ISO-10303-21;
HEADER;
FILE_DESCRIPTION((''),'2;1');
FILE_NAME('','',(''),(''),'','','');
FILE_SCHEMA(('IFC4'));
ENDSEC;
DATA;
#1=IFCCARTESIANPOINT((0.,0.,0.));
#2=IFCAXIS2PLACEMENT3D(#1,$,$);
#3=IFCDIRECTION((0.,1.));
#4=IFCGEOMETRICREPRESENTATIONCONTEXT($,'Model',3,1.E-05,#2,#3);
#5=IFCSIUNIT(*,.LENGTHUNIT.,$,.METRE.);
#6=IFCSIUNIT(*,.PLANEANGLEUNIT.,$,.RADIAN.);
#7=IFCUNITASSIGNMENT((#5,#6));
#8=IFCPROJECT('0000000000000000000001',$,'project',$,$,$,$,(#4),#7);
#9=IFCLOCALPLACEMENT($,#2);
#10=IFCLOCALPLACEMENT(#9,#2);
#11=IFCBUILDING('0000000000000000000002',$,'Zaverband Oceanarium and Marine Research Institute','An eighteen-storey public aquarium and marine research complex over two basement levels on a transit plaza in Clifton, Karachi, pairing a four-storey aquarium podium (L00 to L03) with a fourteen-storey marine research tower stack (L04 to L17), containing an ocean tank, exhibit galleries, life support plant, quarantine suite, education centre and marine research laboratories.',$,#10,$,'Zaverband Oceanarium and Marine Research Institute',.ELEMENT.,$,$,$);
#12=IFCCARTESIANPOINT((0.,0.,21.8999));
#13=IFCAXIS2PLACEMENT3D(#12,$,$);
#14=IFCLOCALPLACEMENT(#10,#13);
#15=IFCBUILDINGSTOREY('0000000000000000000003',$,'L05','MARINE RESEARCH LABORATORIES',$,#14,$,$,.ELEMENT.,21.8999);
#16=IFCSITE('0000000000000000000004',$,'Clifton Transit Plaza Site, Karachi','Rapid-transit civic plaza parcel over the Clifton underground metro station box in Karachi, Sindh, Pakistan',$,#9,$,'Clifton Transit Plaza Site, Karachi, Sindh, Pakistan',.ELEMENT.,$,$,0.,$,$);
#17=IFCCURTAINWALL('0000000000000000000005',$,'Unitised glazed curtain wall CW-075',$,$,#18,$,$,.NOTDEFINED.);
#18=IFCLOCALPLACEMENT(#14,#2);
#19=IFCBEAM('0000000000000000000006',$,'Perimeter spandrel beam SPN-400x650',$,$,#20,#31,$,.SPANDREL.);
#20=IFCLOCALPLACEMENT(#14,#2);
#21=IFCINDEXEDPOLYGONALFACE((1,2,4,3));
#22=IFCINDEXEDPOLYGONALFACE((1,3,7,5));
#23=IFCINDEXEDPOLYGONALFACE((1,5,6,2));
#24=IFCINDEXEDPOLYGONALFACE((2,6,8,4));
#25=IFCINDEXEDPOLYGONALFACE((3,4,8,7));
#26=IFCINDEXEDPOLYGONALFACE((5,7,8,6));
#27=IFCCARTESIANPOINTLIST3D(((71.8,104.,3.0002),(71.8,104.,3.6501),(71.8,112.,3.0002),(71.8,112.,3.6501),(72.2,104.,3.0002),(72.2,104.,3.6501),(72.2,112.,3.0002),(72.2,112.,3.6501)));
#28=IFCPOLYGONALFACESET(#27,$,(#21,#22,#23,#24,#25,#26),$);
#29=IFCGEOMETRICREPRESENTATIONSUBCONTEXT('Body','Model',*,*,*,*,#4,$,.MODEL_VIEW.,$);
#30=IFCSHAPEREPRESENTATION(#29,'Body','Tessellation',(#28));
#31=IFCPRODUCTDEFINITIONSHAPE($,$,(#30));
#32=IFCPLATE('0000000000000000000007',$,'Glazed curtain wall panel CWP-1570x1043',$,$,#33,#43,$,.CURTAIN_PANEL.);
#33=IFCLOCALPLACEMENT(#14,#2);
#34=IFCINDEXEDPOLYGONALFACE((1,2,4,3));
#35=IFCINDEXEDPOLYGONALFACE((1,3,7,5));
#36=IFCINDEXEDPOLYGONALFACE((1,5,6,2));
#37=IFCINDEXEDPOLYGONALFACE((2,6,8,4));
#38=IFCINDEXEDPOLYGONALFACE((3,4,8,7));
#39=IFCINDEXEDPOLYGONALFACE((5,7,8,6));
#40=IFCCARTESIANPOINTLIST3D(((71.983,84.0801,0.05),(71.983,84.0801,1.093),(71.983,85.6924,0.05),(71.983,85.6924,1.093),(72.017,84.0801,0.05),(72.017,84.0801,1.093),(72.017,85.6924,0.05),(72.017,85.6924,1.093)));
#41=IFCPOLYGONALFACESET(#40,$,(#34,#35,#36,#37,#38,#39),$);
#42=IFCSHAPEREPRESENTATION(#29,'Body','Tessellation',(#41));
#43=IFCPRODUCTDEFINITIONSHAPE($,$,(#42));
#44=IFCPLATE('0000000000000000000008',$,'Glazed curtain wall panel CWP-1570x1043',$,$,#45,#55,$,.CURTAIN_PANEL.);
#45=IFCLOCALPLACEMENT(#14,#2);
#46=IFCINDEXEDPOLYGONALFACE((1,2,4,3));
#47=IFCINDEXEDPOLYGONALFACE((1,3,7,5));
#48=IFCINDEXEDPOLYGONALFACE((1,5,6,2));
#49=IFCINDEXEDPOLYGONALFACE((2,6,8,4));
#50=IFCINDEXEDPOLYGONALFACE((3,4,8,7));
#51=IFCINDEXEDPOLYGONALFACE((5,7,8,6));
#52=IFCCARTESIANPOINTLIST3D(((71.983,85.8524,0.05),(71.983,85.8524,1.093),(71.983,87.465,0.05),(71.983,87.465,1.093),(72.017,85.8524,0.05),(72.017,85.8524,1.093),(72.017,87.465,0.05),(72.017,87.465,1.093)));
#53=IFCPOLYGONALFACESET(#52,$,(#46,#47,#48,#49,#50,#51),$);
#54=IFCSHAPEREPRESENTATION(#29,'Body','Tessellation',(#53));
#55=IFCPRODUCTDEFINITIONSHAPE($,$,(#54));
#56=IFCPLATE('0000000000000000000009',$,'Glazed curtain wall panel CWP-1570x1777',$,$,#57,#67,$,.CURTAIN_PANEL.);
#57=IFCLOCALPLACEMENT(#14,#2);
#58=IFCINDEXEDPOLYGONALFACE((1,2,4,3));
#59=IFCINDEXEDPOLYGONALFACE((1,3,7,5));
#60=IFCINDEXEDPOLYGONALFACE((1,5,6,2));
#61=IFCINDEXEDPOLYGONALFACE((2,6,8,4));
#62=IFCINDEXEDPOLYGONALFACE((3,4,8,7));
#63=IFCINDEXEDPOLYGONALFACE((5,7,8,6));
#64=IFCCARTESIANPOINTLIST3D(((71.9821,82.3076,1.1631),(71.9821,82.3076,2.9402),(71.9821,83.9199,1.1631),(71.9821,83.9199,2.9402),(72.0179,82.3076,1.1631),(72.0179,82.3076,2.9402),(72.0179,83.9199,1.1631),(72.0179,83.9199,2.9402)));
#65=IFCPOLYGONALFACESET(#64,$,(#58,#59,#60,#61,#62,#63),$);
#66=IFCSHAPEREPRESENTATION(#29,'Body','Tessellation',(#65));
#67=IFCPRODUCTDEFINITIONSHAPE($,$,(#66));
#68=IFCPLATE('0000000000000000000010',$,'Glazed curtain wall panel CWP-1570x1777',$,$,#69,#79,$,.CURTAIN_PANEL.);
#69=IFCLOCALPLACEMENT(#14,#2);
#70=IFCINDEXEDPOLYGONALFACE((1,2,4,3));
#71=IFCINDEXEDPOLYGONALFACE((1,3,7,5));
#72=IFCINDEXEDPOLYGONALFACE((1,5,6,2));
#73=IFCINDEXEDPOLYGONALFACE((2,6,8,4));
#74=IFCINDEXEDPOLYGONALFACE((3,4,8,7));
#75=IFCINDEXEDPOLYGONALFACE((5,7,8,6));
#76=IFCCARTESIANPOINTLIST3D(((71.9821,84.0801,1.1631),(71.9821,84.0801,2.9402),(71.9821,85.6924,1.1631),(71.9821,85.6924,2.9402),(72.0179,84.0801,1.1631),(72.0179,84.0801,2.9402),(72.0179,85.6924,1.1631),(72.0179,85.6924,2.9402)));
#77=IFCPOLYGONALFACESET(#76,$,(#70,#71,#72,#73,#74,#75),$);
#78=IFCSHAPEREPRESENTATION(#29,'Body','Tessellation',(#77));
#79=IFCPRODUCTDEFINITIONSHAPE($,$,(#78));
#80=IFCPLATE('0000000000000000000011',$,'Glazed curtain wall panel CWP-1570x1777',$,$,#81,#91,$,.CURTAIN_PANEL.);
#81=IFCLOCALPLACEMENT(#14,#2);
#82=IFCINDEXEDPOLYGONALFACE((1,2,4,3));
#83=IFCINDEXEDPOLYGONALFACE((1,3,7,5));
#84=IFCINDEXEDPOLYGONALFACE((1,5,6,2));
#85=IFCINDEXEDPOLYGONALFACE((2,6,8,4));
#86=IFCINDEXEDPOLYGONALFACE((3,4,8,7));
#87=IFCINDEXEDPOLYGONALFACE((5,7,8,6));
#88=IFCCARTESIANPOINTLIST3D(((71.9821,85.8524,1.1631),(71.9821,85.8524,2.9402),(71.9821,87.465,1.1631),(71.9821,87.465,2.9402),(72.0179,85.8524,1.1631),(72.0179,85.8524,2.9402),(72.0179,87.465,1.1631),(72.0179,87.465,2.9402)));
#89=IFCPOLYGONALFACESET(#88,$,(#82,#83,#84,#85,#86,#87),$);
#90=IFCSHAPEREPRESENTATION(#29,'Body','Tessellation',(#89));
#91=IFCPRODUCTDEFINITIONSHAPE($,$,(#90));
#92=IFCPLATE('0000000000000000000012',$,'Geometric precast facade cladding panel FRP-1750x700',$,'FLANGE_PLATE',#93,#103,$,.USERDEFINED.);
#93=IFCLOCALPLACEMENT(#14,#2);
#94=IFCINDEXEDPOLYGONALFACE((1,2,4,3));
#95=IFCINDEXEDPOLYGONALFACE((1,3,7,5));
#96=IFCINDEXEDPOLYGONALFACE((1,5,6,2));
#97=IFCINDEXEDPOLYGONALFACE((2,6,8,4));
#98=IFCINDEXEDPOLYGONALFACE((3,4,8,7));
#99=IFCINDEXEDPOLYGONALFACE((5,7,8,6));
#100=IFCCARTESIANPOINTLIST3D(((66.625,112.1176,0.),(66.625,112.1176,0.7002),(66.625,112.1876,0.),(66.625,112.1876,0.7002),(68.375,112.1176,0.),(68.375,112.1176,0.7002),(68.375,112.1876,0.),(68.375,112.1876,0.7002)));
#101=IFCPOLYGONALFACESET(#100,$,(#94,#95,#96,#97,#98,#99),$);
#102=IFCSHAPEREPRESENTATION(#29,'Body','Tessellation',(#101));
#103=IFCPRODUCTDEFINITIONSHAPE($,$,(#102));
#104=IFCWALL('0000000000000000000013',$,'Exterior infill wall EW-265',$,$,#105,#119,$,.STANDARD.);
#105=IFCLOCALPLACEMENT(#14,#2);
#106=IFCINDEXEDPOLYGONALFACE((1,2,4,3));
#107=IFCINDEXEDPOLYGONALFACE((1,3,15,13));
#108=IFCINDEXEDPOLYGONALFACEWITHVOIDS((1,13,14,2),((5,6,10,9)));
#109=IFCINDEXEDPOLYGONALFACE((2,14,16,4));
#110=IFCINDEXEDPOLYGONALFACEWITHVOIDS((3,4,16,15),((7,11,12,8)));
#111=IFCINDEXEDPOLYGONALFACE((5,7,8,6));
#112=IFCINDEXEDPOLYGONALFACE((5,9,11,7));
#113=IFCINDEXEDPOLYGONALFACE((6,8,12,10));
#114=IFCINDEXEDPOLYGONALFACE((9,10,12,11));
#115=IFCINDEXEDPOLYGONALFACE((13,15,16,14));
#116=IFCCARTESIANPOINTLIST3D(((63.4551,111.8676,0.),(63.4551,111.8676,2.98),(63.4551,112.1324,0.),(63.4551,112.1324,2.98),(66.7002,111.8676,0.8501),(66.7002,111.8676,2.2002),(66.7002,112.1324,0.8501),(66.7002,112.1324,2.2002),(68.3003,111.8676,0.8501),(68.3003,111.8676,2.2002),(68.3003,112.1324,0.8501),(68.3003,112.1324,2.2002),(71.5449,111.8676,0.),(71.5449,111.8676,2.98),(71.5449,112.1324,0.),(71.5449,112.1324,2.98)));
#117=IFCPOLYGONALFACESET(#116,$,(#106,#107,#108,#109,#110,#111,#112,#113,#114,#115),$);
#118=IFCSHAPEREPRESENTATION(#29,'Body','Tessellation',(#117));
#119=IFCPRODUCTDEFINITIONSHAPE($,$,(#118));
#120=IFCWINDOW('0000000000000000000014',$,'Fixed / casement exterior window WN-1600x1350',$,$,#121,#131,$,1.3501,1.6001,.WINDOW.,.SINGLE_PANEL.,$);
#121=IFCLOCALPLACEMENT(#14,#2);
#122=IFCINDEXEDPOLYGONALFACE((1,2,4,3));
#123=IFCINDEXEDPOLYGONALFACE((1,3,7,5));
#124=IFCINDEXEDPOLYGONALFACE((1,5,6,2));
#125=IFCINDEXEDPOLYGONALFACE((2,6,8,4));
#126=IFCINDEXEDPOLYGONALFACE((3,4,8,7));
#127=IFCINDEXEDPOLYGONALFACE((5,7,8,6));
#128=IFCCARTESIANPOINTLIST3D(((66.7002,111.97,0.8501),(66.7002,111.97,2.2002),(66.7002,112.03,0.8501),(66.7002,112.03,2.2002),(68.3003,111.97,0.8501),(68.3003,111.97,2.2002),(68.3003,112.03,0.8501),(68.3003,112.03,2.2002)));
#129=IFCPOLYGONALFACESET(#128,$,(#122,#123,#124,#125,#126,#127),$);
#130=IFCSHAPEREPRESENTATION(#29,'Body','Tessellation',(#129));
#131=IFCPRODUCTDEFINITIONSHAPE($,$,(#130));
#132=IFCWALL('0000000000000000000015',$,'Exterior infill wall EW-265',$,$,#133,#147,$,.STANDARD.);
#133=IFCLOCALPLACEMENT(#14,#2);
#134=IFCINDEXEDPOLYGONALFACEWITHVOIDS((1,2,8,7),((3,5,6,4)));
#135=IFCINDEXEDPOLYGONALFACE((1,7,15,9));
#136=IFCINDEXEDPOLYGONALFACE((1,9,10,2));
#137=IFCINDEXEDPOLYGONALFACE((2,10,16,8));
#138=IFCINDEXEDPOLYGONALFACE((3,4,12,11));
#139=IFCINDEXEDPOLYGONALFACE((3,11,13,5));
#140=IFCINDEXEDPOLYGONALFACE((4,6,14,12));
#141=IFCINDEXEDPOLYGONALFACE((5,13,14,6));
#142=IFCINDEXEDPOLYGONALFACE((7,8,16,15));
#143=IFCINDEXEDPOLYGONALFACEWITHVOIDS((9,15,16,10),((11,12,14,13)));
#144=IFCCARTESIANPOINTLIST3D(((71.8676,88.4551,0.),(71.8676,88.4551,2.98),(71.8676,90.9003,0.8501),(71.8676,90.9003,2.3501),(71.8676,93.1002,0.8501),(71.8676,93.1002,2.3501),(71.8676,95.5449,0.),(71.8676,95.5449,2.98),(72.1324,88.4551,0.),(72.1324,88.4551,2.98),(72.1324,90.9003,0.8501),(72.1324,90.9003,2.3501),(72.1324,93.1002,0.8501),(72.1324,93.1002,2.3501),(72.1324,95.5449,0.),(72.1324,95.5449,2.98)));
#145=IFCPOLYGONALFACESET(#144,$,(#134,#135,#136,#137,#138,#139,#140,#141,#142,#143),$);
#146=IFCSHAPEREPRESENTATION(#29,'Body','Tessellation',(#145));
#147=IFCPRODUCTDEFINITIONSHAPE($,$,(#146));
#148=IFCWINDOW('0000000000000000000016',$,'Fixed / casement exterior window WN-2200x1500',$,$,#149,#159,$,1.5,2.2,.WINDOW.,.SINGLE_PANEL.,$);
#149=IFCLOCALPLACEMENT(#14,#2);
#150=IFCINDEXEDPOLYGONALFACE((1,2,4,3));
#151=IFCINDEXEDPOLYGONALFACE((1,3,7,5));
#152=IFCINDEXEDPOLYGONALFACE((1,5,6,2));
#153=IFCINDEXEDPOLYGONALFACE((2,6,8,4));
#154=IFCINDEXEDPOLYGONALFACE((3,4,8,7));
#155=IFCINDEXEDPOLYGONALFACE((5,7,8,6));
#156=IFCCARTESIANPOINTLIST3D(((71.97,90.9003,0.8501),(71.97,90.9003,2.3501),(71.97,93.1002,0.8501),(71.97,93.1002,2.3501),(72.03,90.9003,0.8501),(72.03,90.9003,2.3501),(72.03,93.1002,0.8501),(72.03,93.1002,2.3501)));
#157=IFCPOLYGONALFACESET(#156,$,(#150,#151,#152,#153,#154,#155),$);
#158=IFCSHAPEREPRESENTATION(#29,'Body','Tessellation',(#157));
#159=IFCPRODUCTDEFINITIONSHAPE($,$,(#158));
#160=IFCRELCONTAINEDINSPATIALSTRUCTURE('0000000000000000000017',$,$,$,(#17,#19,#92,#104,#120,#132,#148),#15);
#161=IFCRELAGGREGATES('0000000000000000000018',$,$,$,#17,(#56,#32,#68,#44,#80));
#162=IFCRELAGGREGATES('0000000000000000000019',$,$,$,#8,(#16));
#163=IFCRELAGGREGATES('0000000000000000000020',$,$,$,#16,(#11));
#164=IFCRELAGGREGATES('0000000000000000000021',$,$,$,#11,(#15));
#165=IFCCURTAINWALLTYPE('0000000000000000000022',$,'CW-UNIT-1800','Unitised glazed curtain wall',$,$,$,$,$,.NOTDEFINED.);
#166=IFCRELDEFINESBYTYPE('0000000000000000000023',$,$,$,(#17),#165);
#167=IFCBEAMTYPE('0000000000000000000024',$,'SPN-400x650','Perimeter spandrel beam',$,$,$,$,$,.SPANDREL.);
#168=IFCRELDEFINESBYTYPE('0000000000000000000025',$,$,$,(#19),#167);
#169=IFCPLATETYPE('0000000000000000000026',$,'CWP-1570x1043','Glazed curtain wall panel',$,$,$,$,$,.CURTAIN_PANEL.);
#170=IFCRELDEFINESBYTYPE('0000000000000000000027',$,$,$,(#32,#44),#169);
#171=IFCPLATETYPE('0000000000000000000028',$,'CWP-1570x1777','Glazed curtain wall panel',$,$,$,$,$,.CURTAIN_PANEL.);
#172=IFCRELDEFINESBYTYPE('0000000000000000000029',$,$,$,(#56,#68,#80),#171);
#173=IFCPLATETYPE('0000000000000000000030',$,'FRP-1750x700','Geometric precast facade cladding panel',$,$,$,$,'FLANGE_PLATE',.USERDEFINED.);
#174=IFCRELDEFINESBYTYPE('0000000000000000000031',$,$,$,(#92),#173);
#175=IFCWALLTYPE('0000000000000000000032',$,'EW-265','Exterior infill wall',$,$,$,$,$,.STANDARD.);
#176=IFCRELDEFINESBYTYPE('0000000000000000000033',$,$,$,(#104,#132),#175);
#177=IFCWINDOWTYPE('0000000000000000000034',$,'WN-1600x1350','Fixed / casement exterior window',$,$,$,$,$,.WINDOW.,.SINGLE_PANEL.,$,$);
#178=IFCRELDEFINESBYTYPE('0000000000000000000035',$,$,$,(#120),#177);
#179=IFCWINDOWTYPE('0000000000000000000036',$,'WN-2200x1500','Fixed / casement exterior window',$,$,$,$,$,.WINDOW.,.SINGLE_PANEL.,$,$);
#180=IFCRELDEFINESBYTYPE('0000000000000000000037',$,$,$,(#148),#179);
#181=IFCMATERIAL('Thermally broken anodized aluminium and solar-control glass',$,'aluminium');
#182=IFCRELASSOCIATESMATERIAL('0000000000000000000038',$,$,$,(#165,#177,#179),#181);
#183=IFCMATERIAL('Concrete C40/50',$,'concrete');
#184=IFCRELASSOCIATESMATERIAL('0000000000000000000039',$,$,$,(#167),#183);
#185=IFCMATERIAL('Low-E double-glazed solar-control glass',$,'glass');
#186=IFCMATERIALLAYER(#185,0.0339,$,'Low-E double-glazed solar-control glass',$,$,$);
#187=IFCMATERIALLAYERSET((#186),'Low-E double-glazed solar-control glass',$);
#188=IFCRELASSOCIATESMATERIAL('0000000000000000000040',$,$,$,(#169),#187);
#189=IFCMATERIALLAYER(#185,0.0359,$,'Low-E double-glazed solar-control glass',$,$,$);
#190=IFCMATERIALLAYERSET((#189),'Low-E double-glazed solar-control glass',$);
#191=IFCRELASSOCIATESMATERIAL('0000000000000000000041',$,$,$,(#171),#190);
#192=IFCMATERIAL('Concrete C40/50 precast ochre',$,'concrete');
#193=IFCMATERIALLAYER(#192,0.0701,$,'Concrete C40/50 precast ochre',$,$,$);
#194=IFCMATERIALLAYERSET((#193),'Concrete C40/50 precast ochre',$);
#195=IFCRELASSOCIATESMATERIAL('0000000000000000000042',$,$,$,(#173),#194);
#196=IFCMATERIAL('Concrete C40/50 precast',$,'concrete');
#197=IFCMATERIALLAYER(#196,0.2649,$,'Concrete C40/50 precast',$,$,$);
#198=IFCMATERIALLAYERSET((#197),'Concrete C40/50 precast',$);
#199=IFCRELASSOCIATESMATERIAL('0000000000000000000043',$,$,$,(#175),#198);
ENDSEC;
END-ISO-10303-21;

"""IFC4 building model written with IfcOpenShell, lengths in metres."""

from ifc_helpers import new_model, si_unit, direction, frame, frame_2d, origin, origin_2d, place, context, subcontext, project, spatial, rectangle, extrude, material, layer, layer_set, material_profile, profile_set, type_object, element, fill, aggregate, save


model = new_model("IFC4")

# Units and contexts
model_context = context("Model", 3, precision=1e-05, world=origin(), true_north=direction((0.0, 1.0)))
body_context = subcontext(model_context, "Body", "Model", "MODEL_VIEW")
ifc_project = project(units=[si_unit("LENGTHUNIT", "METRE"), si_unit("PLANEANGLEUNIT", "RADIAN")], contexts=[model_context])

# Site, building, storey
site_placement = place(None, origin())
site = spatial("IfcSite", under=ifc_project, at=site_placement, Name="Clifton Transit Plaza Site, Karachi", Description="Rapid-transit civic plaza parcel over the Clifton underground metro station box in Karachi, Sindh, Pakistan", LongName="Clifton Transit Plaza Site, Karachi, Sindh, Pakistan", CompositionType="ELEMENT", RefElevation=0.0)
building_placement = place(site_placement, origin())
building = spatial("IfcBuilding", under=site, at=building_placement, Name="Zaverband Oceanarium and Marine Research Institute", Description="An eighteen-storey public aquarium and marine research complex over two basement levels on a transit plaza in Clifton, Karachi, pairing a four-storey aquarium podium (L00 to L03) with a fourteen-storey marine research tower stack (L04 to L17), containing an ocean tank, exhibit galleries, life support plant, quarantine suite, education centre and marine research laboratories.", LongName="Zaverband Oceanarium and Marine Research Institute", CompositionType="ELEMENT")
storey_placement = place(building_placement, frame((0.0, 0.0, 21.8999)))
storey = spatial("IfcBuildingStorey", under=building, at=storey_placement, Name="L05", Description="MARINE RESEARCH LABORATORIES", CompositionType="ELEMENT", Elevation=21.8999)

# Shared definitions
ifc_material_1 = material(Name="Concrete C40/50", Category="concrete")

# Curtain wall
ifc_material_2 = material(Name="Thermally broken anodized aluminium and solar-control glass", Category="aluminium")
curtain_wall_type = type_object("IfcCurtainWallType", Name="CW-UNIT-1800", Description="Unitised glazed curtain wall", PredefinedType="NOTDEFINED", material=ifc_material_2)
curtain_wall_placement = place(storey_placement, origin())
curtain_wall = element("IfcCurtainWall", 1, at=curtain_wall_placement, inside=storey, type_object=curtain_wall_type, Name="Unitised glazed curtain wall CW-075", PredefinedType="NOTDEFINED")

# Beam
ifc_material_profile_1 = material_profile(ifc_material_1, rectangle(XDim=0.3999, YDim=0.6499, at=origin_2d()), Name="RC400x650")
ifc_profile_set_1 = profile_set([ifc_material_profile_1], Name="Concrete C40/50")
beam_type_1 = type_object("IfcBeamType", Name="SPN-400x650", Description="Perimeter spandrel beam", PredefinedType="SPANDREL", material=ifc_profile_set_1)
for number, where, z_axis, x_axis, name in (
    (2, (72.0, 104.0, 3.3252), (0.0, 1.0, 0.0), (-1.0, 0.0, 0.0), "Perimeter spandrel beam SPN-400x650"),
):
    element("IfcBeam", number, at=place(storey_placement, frame(where, z_axis=z_axis, x_axis=x_axis)), inside=storey, type_object=beam_type_1, Name=name, PredefinedType="SPANDREL", context=body_context, shape_type="SweptSolid", body=[
        extrude(rectangle(XDim=0.3999, YDim=0.6499, at=origin_2d()), origin(), (0.0, 0.0, 1.0), 8.0),
    ])

# Plates
ifc_material_3 = material(Name="Low-E double-glazed solar-control glass", Category="glass")
ifc_layer_1 = layer(ifc_material_3, 0.0339, Name="Low-E double-glazed solar-control glass")
ifc_layer_set_1 = layer_set([ifc_layer_1], Name="Low-E double-glazed solar-control glass")
plate_type_1 = type_object("IfcPlateType", Name="CWP-1570x1043", Description="Glazed curtain wall panel", PredefinedType="CURTAIN_PANEL", material=ifc_layer_set_1)
plate_1_placement = place(storey_placement, frame((72.0, 84.0801, 0.05), z_axis=(0.0, 0.0, 1.0), x_axis=(0.0, 1.0, 0.0)))
plate_1 = element("IfcPlate", 3, at=plate_1_placement, type_object=plate_type_1, Name="Glazed curtain wall panel CWP-1570x1043", PredefinedType="CURTAIN_PANEL", context=body_context, shape_type="SweptSolid", body=[
    extrude(rectangle(XDim=1.6123, YDim=0.0339, at=frame_2d((0.8062, 0.0))), origin(), (0.0, 0.0, 1.0), 1.043),
])
plate_2_placement = place(storey_placement, frame((72.0, 85.8525, 0.05), z_axis=(0.0, 0.0, 1.0), x_axis=(0.0, 1.0, 0.0)))
plate_2 = element("IfcPlate", 4, at=plate_2_placement, type_object=plate_type_1, Name="Glazed curtain wall panel CWP-1570x1043", PredefinedType="CURTAIN_PANEL", context=body_context, shape_type="SweptSolid", body=[
    extrude(rectangle(XDim=1.6125, YDim=0.0339, at=frame_2d((0.8062, 0.0))), origin(), (0.0, 0.0, 1.0), 1.043),
])
ifc_layer_2 = layer(ifc_material_3, 0.0359, Name="Low-E double-glazed solar-control glass")
ifc_layer_set_2 = layer_set([ifc_layer_2], Name="Low-E double-glazed solar-control glass")
plate_type_2 = type_object("IfcPlateType", Name="CWP-1570x1777", Description="Glazed curtain wall panel", PredefinedType="CURTAIN_PANEL", material=ifc_layer_set_2)
plate_3_placement = place(storey_placement, frame((72.0, 82.3076, 1.1631), z_axis=(0.0, 0.0, 1.0), x_axis=(0.0, 1.0, 0.0)))
plate_3 = element("IfcPlate", 5, at=plate_3_placement, type_object=plate_type_2, Name="Glazed curtain wall panel CWP-1570x1777", PredefinedType="CURTAIN_PANEL", context=body_context, shape_type="SweptSolid", body=[
    extrude(rectangle(XDim=1.6123, YDim=0.0359, at=frame_2d((0.8062, 0.0))), origin(), (0.0, 0.0, 1.0), 1.7771),
])
plate_4_placement = place(storey_placement, frame((72.0, 84.0801, 1.1631), z_axis=(0.0, 0.0, 1.0), x_axis=(0.0, 1.0, 0.0)))
plate_4 = element("IfcPlate", 6, at=plate_4_placement, type_object=plate_type_2, Name="Glazed curtain wall panel CWP-1570x1777", PredefinedType="CURTAIN_PANEL", context=body_context, shape_type="SweptSolid", body=[
    extrude(rectangle(XDim=1.6123, YDim=0.0359, at=frame_2d((0.8062, 0.0))), origin(), (0.0, 0.0, 1.0), 1.7771),
])
plate_5_placement = place(storey_placement, frame((72.0, 85.8525, 1.1631), z_axis=(0.0, 0.0, 1.0), x_axis=(0.0, 1.0, 0.0)))
plate_5 = element("IfcPlate", 7, at=plate_5_placement, type_object=plate_type_2, Name="Glazed curtain wall panel CWP-1570x1777", PredefinedType="CURTAIN_PANEL", context=body_context, shape_type="SweptSolid", body=[
    extrude(rectangle(XDim=1.6125, YDim=0.0359, at=frame_2d((0.8062, 0.0))), origin(), (0.0, 0.0, 1.0), 1.7771),
])
aggregate(curtain_wall, [plate_3, plate_1, plate_4, plate_2, plate_5])
ifc_material_4 = material(Name="Concrete C40/50 precast ochre", Category="concrete")
ifc_layer_3 = layer(ifc_material_4, 0.0701, Name="Concrete C40/50 precast ochre")
ifc_layer_set_3 = layer_set([ifc_layer_3], Name="Concrete C40/50 precast ochre")
plate_type_3 = type_object("IfcPlateType", Name="FRP-1750x700", Description="Geometric precast facade cladding panel", ElementType="FLANGE_PLATE", PredefinedType="USERDEFINED", material=ifc_layer_set_3)
plate_6_placement = place(storey_placement, frame((66.625, 112.1526, 0.0), z_axis=(0.0, 0.0, 1.0), x_axis=(1.0, 0.0, 0.0)))
element("IfcPlate", 8, at=plate_6_placement, inside=storey, type_object=plate_type_3, Name="Geometric precast facade cladding panel FRP-1750x700", ObjectType="FLANGE_PLATE", PredefinedType="USERDEFINED", context=body_context, shape_type="SweptSolid", body=[
    extrude(rectangle(XDim=1.75, YDim=0.0701, at=frame_2d((0.875, 0.0))), origin(), (0.0, 0.0, 1.0), 0.7002),
])

# Walls, openings, windows
ifc_material_5 = material(Name="Concrete C40/50 precast", Category="concrete")
ifc_layer_4 = layer(ifc_material_5, 0.2649, Name="Concrete C40/50 precast")
ifc_layer_set_4 = layer_set([ifc_layer_4], Name="Concrete C40/50 precast")
wall_type_1 = type_object("IfcWallType", Name="EW-265", Description="Exterior infill wall", PredefinedType="STANDARD", material=ifc_layer_set_4)
wall_1_placement = place(storey_placement, frame((63.4551, 112.0, 0.0), z_axis=(0.0, 0.0, 1.0), x_axis=(1.0, 0.0, 0.0)))
wall_1 = element("IfcWall", 9, at=wall_1_placement, inside=storey, type_object=wall_type_1, Name="Exterior infill wall EW-265", PredefinedType="STANDARD", context=body_context, shape_type="SweptSolid", body=[
    extrude(rectangle(XDim=8.0898, YDim=0.2649, at=frame_2d((4.0449, 0.0))), origin(), (0.0, 0.0, 1.0), 2.98),
])
opening_1_placement = place(wall_1_placement, frame((3.2451, 0.0, 0.8501)))
opening_1 = element("IfcOpeningElement", 10, at=opening_1_placement, cuts=wall_1, PredefinedType="OPENING", context=body_context, shape_type="SweptSolid", body=[
    extrude(rectangle(XDim=1.6001, YDim=1.3501, at=frame_2d((0.8, 0.675))), frame((0.0, 0.1445, 0.0), z_axis=(0.0, -1.0, 0.0), x_axis=(1.0, 0.0, 0.0)), (0.0, 0.0, 1.0), 0.2888),
])
window_type_1 = type_object("IfcWindowType", Name="WN-1600x1350", Description="Fixed / casement exterior window", PartitioningType="SINGLE_PANEL", PredefinedType="WINDOW", material=ifc_material_2)
window_1_placement = place(opening_1_placement, origin())
window_1 = element("IfcWindow", 11, at=window_1_placement, inside=storey, type_object=window_type_1, Name="Fixed / casement exterior window WN-1600x1350", OverallHeight=1.3501, OverallWidth=1.6001, PartitioningType="SINGLE_PANEL", PredefinedType="WINDOW", context=body_context, shape_type="SweptSolid", body=[
    extrude(rectangle(XDim=1.6001, YDim=1.3501, at=frame_2d((0.8, 0.675))), frame((0.0, 0.03, 0.0), z_axis=(0.0, -1.0, 0.0), x_axis=(1.0, 0.0, 0.0)), (0.0, 0.0, 1.0), 0.0601),
])
fill(opening_1, window_1)
wall_2_placement = place(storey_placement, frame((72.0, 88.4551, 0.0), z_axis=(0.0, 0.0, 1.0), x_axis=(0.0, 1.0, 0.0)))
wall_2 = element("IfcWall", 12, at=wall_2_placement, inside=storey, type_object=wall_type_1, Name="Exterior infill wall EW-265", PredefinedType="STANDARD", context=body_context, shape_type="SweptSolid", body=[
    extrude(rectangle(XDim=7.0898, YDim=0.2649, at=frame_2d((3.5449, 0.0))), origin(), (0.0, 0.0, 1.0), 2.98),
])
opening_2_placement = place(wall_2_placement, frame((2.4451, 0.0, 0.8501)))
opening_2 = element("IfcOpeningElement", 13, at=opening_2_placement, cuts=wall_2, PredefinedType="OPENING", context=body_context, shape_type="SweptSolid", body=[
    extrude(rectangle(XDim=2.2, YDim=1.5, at=frame_2d((1.1001, 0.75))), frame((0.0, 0.1445, 0.0), z_axis=(0.0, -1.0, 0.0), x_axis=(1.0, 0.0, 0.0)), (0.0, 0.0, 1.0), 0.2888),
])
window_type_2 = type_object("IfcWindowType", Name="WN-2200x1500", Description="Fixed / casement exterior window", PartitioningType="SINGLE_PANEL", PredefinedType="WINDOW", material=ifc_material_2)
window_2_placement = place(opening_2_placement, origin())
window_2 = element("IfcWindow", 14, at=window_2_placement, inside=storey, type_object=window_type_2, Name="Fixed / casement exterior window WN-2200x1500", OverallHeight=1.5, OverallWidth=2.2, PartitioningType="SINGLE_PANEL", PredefinedType="WINDOW", context=body_context, shape_type="SweptSolid", body=[
    extrude(rectangle(XDim=2.2, YDim=1.5, at=frame_2d((1.1001, 0.75))), frame((0.0, 0.03, 0.0), z_axis=(0.0, -1.0, 0.0), x_axis=(1.0, 0.0, 0.0)), (0.0, 0.0, 1.0), 0.0601),
])
fill(opening_2, window_2)

save(model, "model.ifc")
